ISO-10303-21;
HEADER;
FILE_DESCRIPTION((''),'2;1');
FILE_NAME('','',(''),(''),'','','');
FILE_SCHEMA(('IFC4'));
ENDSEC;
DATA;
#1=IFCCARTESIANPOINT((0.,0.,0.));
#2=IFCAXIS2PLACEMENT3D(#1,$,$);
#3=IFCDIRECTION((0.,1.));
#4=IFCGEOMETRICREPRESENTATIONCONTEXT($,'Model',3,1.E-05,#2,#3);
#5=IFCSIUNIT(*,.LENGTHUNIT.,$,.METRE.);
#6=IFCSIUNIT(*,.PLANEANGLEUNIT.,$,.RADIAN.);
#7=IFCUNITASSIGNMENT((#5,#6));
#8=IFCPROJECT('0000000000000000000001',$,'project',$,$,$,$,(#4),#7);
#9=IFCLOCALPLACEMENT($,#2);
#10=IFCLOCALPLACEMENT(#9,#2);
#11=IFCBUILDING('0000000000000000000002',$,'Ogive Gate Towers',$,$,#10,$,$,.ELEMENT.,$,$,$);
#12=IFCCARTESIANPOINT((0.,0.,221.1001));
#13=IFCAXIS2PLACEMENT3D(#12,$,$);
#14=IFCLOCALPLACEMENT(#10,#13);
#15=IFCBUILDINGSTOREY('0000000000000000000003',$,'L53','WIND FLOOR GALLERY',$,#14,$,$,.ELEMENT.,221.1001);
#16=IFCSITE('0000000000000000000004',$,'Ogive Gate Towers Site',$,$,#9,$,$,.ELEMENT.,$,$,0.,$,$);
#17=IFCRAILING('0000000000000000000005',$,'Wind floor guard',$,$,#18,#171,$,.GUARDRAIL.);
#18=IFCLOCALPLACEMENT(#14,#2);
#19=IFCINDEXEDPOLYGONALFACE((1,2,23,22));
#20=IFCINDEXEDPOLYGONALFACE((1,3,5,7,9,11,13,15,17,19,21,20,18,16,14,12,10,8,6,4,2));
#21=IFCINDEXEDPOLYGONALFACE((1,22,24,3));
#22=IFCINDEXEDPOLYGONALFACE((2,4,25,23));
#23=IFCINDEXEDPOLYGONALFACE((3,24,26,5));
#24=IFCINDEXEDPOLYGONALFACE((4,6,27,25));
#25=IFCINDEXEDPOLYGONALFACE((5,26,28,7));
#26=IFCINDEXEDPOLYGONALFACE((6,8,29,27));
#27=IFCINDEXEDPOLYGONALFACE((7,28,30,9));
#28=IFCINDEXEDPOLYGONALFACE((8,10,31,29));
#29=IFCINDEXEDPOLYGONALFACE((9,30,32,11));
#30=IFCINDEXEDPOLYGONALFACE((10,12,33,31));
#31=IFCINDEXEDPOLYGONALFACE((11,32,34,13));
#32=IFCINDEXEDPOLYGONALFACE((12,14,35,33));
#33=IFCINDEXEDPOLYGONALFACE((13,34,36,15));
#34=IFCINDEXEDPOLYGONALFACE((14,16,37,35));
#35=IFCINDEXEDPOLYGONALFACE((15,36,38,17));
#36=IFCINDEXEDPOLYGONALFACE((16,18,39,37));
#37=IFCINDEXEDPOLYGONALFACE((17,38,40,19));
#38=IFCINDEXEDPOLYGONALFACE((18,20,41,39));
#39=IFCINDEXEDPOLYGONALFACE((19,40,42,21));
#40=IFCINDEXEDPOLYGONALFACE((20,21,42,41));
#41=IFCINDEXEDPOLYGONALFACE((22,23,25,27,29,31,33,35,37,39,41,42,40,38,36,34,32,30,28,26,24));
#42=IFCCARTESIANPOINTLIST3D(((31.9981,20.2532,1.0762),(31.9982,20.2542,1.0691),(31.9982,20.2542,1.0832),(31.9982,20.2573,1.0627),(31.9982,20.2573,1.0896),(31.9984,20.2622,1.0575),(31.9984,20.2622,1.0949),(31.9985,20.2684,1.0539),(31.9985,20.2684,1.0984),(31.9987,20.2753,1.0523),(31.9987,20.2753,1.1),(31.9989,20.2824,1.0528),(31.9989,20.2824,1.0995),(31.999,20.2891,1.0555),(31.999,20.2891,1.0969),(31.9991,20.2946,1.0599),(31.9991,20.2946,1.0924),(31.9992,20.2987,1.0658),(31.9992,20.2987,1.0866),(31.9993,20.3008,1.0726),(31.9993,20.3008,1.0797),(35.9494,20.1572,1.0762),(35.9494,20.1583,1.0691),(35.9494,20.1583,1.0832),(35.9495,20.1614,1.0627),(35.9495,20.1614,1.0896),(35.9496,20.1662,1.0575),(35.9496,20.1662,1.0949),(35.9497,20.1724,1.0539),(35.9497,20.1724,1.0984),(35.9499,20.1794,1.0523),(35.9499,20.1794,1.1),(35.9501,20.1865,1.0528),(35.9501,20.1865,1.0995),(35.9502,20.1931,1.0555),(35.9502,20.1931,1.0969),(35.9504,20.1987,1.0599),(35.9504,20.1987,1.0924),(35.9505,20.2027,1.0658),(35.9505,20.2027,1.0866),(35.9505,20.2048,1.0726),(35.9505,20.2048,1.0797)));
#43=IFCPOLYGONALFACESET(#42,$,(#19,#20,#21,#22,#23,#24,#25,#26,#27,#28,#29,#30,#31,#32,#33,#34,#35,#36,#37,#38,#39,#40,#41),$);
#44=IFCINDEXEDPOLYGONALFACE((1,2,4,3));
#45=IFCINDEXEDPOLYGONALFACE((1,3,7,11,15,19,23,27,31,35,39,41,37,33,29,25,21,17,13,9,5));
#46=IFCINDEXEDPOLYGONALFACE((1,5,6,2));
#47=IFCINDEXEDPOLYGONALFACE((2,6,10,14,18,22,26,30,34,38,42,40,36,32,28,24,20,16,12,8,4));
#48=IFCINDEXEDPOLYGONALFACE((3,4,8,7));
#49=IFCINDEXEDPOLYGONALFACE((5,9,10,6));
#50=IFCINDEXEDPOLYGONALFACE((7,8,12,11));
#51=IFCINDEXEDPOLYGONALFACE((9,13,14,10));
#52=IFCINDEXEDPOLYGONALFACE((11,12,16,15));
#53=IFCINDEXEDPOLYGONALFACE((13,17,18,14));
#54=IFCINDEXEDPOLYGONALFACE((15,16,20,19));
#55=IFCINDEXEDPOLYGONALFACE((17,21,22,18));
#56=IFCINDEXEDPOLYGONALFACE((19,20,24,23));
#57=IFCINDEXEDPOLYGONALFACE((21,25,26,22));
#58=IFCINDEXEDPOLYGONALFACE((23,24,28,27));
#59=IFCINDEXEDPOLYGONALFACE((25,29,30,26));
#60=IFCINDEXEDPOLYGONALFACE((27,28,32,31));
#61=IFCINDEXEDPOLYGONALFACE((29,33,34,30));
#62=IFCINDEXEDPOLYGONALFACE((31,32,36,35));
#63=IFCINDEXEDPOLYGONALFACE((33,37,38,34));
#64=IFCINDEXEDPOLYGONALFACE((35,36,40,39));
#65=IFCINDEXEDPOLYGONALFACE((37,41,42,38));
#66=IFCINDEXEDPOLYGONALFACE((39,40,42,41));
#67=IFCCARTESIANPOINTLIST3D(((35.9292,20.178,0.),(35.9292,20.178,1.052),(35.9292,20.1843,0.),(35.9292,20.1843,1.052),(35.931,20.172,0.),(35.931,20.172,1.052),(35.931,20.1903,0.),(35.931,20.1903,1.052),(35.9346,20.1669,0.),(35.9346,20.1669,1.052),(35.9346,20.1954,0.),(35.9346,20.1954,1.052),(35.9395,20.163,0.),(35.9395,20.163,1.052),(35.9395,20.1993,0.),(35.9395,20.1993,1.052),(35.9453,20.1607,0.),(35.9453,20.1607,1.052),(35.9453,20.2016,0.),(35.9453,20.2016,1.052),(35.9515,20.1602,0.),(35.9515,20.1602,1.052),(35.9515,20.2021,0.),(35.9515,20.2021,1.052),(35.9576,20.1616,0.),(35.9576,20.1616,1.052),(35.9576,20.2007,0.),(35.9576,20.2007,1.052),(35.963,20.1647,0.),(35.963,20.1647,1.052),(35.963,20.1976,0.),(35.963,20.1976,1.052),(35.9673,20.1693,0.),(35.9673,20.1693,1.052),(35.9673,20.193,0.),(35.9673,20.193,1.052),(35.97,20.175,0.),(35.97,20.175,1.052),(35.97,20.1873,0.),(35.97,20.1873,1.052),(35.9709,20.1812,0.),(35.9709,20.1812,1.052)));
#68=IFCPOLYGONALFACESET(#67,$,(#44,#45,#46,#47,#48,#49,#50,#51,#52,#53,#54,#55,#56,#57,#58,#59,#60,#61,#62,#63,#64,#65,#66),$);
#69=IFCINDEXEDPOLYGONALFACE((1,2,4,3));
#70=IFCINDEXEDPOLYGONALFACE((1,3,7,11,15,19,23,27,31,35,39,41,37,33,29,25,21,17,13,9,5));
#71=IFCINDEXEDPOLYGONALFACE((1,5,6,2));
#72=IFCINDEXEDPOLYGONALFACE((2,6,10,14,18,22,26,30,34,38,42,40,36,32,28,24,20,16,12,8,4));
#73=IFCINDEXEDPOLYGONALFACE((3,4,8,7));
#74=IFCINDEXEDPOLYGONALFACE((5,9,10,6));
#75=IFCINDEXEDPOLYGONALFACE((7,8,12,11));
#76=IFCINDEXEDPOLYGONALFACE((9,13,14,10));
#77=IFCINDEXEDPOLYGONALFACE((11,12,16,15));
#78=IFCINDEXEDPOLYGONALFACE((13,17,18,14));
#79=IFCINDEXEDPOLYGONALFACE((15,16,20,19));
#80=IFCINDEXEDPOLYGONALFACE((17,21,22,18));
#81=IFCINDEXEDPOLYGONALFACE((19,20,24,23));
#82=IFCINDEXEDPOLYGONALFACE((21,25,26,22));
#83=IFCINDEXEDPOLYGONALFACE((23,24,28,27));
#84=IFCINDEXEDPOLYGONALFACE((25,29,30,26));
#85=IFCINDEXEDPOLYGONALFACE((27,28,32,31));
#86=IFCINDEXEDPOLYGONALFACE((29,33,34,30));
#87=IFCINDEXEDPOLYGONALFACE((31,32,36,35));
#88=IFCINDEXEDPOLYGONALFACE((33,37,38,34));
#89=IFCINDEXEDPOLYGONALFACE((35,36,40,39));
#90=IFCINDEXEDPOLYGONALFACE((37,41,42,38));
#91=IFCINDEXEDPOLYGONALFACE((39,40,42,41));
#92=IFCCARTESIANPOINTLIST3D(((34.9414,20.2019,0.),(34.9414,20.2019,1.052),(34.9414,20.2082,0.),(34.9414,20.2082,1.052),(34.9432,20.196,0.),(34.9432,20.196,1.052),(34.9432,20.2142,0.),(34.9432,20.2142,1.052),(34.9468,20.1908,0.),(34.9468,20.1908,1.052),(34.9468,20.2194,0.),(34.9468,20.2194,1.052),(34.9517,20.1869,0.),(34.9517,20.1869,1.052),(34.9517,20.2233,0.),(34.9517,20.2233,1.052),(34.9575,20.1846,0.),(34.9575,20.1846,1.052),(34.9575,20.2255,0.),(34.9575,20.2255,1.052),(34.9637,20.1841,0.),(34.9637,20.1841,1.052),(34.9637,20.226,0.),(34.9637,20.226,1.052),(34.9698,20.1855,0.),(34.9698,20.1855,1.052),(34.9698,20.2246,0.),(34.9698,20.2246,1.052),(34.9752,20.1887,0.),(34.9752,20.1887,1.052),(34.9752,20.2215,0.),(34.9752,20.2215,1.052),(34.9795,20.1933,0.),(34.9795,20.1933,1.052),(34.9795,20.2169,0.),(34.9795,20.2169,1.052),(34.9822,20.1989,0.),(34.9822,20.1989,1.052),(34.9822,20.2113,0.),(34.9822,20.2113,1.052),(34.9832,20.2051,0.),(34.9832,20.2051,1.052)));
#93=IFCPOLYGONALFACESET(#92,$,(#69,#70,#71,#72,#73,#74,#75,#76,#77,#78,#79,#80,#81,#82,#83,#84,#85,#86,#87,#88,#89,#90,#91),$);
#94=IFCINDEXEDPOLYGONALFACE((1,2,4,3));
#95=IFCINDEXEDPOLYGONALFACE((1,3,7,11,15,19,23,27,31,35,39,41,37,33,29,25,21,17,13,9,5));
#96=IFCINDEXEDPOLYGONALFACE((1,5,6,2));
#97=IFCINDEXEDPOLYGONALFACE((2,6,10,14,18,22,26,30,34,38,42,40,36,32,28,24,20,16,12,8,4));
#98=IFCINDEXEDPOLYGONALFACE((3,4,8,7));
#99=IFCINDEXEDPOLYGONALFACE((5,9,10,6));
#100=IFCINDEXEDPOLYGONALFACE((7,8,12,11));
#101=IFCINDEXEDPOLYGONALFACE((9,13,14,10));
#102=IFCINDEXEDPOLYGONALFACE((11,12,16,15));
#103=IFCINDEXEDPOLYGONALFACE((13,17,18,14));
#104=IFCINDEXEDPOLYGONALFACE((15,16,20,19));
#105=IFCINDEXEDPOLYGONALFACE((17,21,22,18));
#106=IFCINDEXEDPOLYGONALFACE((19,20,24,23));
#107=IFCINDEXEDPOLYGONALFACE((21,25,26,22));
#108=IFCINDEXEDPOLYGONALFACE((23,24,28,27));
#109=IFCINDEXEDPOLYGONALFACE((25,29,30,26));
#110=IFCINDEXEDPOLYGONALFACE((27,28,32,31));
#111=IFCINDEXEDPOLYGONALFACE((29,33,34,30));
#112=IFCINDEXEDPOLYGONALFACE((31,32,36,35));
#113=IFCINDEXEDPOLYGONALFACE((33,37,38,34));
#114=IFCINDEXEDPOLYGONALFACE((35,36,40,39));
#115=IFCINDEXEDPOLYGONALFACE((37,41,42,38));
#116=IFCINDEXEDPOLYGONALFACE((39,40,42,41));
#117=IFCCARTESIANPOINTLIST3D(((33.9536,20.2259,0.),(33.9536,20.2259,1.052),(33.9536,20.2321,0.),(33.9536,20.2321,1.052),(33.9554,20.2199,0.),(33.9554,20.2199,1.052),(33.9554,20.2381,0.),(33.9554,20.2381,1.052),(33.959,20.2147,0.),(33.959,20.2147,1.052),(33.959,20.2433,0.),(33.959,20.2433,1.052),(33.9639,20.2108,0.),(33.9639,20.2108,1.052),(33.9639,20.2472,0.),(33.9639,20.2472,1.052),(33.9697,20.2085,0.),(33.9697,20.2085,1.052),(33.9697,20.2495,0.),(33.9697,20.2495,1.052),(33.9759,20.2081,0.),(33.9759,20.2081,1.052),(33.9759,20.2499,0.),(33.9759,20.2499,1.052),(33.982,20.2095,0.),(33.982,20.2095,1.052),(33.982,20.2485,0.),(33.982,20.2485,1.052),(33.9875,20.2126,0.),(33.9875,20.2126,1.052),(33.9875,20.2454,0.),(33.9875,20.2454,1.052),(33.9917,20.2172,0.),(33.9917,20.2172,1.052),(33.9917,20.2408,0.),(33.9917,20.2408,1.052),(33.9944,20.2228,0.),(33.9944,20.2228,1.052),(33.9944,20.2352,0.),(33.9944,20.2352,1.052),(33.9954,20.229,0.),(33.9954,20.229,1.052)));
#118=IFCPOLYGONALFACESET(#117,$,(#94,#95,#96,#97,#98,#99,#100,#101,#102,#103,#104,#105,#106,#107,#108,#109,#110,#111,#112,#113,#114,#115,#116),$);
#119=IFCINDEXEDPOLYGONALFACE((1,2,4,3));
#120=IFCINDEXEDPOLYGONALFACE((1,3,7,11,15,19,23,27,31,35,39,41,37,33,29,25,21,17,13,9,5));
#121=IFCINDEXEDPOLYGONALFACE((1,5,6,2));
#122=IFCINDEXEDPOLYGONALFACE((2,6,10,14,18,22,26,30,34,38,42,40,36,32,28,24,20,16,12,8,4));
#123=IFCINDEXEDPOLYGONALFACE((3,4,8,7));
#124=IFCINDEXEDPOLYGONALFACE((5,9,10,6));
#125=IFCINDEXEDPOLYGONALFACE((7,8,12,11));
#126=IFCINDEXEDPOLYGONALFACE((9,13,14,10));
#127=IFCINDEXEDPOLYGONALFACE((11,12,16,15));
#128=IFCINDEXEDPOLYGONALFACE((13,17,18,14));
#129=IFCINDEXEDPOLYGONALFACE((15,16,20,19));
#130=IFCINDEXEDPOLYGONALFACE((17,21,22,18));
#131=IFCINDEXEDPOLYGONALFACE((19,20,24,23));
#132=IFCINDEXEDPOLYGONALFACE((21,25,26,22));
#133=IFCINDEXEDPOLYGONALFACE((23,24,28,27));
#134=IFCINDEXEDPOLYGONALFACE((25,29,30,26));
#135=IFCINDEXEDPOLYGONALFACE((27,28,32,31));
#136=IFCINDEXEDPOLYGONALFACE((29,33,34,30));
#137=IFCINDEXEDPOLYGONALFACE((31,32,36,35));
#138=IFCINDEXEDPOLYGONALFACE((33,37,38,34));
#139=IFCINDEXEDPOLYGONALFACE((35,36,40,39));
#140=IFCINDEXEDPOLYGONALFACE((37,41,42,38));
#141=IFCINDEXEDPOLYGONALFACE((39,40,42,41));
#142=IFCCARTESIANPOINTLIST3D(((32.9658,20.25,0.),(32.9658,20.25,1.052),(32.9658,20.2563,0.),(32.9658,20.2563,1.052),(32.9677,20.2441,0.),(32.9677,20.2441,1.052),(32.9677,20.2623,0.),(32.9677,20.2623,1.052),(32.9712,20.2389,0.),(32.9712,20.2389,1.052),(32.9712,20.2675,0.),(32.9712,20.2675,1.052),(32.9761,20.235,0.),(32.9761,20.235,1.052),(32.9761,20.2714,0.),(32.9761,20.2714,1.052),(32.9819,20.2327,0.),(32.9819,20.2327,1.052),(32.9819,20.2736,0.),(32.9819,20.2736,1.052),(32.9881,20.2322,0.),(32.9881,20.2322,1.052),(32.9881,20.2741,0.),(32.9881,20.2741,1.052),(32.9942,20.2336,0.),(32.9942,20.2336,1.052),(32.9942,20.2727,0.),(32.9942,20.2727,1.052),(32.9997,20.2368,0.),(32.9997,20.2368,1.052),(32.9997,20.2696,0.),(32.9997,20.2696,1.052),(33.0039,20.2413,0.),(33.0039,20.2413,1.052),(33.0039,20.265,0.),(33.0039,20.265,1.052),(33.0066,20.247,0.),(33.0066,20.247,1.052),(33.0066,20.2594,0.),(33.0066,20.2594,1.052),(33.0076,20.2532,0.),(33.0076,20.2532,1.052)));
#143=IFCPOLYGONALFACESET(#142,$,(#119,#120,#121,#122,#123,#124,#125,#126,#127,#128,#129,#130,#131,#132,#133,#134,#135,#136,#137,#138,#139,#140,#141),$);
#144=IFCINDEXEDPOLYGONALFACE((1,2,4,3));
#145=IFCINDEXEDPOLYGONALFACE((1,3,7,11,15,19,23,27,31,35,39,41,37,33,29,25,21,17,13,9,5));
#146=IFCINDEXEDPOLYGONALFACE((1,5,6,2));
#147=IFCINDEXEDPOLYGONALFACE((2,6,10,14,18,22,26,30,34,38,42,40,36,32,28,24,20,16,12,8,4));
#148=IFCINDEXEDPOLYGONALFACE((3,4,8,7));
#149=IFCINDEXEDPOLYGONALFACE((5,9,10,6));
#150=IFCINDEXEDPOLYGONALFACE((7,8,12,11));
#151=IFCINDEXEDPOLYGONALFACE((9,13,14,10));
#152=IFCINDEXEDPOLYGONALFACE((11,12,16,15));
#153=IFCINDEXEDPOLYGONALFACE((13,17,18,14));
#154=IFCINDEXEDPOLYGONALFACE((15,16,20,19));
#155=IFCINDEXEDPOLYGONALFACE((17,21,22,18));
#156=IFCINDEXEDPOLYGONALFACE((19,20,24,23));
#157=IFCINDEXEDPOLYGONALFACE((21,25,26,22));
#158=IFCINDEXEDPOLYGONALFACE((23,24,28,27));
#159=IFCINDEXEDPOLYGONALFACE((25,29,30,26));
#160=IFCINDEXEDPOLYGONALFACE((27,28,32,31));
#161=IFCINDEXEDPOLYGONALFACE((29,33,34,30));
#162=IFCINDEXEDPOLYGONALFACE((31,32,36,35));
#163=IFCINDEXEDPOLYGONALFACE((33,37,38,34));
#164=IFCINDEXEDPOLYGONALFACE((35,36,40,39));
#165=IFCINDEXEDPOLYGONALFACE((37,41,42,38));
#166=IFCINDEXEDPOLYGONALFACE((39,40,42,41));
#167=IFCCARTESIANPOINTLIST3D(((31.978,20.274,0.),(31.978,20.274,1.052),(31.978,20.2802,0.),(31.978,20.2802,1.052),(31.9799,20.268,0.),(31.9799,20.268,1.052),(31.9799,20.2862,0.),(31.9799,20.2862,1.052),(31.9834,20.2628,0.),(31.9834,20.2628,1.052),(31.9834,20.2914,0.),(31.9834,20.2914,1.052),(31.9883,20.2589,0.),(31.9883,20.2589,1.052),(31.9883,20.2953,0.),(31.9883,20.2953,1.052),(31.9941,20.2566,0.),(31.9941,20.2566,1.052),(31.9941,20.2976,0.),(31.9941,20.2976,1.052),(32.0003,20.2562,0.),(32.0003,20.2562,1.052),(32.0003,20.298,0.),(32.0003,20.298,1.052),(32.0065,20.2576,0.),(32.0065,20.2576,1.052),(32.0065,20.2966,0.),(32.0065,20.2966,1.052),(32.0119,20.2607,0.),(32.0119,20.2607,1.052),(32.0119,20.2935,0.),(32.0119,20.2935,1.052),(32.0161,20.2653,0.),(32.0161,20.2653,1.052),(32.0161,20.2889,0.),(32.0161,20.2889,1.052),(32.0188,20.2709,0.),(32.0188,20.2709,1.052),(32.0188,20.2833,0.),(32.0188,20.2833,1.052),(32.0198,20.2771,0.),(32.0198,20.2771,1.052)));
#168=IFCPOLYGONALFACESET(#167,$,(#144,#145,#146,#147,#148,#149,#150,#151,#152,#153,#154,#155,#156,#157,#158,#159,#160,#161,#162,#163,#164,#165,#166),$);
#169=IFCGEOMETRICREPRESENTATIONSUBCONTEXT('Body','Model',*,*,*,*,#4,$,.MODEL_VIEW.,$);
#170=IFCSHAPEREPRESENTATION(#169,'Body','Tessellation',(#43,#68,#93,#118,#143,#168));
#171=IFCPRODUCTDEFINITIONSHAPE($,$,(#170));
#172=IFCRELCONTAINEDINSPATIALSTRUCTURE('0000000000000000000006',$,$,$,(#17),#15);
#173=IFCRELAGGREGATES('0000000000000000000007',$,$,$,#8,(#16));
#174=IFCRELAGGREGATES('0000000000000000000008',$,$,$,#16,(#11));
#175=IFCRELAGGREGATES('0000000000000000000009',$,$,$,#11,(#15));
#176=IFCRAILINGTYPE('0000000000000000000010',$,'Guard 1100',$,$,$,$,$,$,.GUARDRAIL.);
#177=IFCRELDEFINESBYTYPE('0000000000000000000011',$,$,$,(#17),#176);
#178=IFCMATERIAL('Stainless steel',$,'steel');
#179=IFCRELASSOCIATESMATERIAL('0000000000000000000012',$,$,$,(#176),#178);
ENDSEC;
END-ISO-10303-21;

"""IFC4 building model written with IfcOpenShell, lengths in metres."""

from ifc_helpers import new_model, si_unit, direction, frame, origin, origin_2d, place, context, subcontext, project, spatial, circle, extrude, material, type_object, element, save


model = new_model("IFC4")

# Units and contexts
model_context = context("Model", 3, precision=1e-05, world=origin(), true_north=direction((0.0, 1.0)))
body_context = subcontext(model_context, "Body", "Model", "MODEL_VIEW")
ifc_project = project(units=[si_unit("LENGTHUNIT", "METRE"), si_unit("PLANEANGLEUNIT", "RADIAN")], contexts=[model_context])

# Site, building, storey
site_placement = place(None, origin())
site = spatial("IfcSite", under=ifc_project, at=site_placement, Name="Ogive Gate Towers Site", CompositionType="ELEMENT", RefElevation=0.0)
building_placement = place(site_placement, origin())
building = spatial("IfcBuilding", under=site, at=building_placement, Name="Ogive Gate Towers", CompositionType="ELEMENT")
storey_placement = place(building_placement, frame((0.0, 0.0, 221.1001)))
storey = spatial("IfcBuildingStorey", under=building, at=storey_placement, Name="L53", Description="WIND FLOOR GALLERY", CompositionType="ELEMENT", Elevation=221.1001)

# Railing
ifc_material_1 = material(Name="Stainless steel", Category="steel")
railing_type_1 = type_object("IfcRailingType", Name="Guard 1100", PredefinedType="GUARDRAIL", material=ifc_material_1)
railing_1_placement = place(storey_placement, frame((35.95, 20.1812, 0.0)))
element("IfcRailing", 1, at=railing_1_placement, inside=storey, type_object=railing_type_1, Name="Wind floor guard", PredefinedType="GUARDRAIL", context=body_context, shape_type="SweptSolid", body=[
    extrude(circle(Radius=0.0239, at=origin_2d()), frame((0.0, 0.0, 1.0762), z_axis=(-0.999705, 0.024276, 0.0), x_axis=(-0.024276, -0.999705, 0.0)), (0.0, 0.0, 1.0), 3.9524),
    extrude(circle(Radius=0.021, at=origin_2d()), origin(), (0.0, 0.0, 1.0), 1.052),
    extrude(circle(Radius=0.021, at=origin_2d()), frame((-0.9878, 0.0239, 0.0)), (0.0, 0.0, 1.0), 1.052),
    extrude(circle(Radius=0.021, at=origin_2d()), frame((-1.9756, 0.0479, 0.0)), (0.0, 0.0, 1.0), 1.052),
    extrude(circle(Radius=0.021, at=origin_2d()), frame((-2.9634, 0.072, 0.0)), (0.0, 0.0, 1.0), 1.052),
    extrude(circle(Radius=0.021, at=origin_2d()), frame((-3.9512, 0.0959, 0.0)), (0.0, 0.0, 1.0), 1.052),
])

save(model, "model.ifc")
